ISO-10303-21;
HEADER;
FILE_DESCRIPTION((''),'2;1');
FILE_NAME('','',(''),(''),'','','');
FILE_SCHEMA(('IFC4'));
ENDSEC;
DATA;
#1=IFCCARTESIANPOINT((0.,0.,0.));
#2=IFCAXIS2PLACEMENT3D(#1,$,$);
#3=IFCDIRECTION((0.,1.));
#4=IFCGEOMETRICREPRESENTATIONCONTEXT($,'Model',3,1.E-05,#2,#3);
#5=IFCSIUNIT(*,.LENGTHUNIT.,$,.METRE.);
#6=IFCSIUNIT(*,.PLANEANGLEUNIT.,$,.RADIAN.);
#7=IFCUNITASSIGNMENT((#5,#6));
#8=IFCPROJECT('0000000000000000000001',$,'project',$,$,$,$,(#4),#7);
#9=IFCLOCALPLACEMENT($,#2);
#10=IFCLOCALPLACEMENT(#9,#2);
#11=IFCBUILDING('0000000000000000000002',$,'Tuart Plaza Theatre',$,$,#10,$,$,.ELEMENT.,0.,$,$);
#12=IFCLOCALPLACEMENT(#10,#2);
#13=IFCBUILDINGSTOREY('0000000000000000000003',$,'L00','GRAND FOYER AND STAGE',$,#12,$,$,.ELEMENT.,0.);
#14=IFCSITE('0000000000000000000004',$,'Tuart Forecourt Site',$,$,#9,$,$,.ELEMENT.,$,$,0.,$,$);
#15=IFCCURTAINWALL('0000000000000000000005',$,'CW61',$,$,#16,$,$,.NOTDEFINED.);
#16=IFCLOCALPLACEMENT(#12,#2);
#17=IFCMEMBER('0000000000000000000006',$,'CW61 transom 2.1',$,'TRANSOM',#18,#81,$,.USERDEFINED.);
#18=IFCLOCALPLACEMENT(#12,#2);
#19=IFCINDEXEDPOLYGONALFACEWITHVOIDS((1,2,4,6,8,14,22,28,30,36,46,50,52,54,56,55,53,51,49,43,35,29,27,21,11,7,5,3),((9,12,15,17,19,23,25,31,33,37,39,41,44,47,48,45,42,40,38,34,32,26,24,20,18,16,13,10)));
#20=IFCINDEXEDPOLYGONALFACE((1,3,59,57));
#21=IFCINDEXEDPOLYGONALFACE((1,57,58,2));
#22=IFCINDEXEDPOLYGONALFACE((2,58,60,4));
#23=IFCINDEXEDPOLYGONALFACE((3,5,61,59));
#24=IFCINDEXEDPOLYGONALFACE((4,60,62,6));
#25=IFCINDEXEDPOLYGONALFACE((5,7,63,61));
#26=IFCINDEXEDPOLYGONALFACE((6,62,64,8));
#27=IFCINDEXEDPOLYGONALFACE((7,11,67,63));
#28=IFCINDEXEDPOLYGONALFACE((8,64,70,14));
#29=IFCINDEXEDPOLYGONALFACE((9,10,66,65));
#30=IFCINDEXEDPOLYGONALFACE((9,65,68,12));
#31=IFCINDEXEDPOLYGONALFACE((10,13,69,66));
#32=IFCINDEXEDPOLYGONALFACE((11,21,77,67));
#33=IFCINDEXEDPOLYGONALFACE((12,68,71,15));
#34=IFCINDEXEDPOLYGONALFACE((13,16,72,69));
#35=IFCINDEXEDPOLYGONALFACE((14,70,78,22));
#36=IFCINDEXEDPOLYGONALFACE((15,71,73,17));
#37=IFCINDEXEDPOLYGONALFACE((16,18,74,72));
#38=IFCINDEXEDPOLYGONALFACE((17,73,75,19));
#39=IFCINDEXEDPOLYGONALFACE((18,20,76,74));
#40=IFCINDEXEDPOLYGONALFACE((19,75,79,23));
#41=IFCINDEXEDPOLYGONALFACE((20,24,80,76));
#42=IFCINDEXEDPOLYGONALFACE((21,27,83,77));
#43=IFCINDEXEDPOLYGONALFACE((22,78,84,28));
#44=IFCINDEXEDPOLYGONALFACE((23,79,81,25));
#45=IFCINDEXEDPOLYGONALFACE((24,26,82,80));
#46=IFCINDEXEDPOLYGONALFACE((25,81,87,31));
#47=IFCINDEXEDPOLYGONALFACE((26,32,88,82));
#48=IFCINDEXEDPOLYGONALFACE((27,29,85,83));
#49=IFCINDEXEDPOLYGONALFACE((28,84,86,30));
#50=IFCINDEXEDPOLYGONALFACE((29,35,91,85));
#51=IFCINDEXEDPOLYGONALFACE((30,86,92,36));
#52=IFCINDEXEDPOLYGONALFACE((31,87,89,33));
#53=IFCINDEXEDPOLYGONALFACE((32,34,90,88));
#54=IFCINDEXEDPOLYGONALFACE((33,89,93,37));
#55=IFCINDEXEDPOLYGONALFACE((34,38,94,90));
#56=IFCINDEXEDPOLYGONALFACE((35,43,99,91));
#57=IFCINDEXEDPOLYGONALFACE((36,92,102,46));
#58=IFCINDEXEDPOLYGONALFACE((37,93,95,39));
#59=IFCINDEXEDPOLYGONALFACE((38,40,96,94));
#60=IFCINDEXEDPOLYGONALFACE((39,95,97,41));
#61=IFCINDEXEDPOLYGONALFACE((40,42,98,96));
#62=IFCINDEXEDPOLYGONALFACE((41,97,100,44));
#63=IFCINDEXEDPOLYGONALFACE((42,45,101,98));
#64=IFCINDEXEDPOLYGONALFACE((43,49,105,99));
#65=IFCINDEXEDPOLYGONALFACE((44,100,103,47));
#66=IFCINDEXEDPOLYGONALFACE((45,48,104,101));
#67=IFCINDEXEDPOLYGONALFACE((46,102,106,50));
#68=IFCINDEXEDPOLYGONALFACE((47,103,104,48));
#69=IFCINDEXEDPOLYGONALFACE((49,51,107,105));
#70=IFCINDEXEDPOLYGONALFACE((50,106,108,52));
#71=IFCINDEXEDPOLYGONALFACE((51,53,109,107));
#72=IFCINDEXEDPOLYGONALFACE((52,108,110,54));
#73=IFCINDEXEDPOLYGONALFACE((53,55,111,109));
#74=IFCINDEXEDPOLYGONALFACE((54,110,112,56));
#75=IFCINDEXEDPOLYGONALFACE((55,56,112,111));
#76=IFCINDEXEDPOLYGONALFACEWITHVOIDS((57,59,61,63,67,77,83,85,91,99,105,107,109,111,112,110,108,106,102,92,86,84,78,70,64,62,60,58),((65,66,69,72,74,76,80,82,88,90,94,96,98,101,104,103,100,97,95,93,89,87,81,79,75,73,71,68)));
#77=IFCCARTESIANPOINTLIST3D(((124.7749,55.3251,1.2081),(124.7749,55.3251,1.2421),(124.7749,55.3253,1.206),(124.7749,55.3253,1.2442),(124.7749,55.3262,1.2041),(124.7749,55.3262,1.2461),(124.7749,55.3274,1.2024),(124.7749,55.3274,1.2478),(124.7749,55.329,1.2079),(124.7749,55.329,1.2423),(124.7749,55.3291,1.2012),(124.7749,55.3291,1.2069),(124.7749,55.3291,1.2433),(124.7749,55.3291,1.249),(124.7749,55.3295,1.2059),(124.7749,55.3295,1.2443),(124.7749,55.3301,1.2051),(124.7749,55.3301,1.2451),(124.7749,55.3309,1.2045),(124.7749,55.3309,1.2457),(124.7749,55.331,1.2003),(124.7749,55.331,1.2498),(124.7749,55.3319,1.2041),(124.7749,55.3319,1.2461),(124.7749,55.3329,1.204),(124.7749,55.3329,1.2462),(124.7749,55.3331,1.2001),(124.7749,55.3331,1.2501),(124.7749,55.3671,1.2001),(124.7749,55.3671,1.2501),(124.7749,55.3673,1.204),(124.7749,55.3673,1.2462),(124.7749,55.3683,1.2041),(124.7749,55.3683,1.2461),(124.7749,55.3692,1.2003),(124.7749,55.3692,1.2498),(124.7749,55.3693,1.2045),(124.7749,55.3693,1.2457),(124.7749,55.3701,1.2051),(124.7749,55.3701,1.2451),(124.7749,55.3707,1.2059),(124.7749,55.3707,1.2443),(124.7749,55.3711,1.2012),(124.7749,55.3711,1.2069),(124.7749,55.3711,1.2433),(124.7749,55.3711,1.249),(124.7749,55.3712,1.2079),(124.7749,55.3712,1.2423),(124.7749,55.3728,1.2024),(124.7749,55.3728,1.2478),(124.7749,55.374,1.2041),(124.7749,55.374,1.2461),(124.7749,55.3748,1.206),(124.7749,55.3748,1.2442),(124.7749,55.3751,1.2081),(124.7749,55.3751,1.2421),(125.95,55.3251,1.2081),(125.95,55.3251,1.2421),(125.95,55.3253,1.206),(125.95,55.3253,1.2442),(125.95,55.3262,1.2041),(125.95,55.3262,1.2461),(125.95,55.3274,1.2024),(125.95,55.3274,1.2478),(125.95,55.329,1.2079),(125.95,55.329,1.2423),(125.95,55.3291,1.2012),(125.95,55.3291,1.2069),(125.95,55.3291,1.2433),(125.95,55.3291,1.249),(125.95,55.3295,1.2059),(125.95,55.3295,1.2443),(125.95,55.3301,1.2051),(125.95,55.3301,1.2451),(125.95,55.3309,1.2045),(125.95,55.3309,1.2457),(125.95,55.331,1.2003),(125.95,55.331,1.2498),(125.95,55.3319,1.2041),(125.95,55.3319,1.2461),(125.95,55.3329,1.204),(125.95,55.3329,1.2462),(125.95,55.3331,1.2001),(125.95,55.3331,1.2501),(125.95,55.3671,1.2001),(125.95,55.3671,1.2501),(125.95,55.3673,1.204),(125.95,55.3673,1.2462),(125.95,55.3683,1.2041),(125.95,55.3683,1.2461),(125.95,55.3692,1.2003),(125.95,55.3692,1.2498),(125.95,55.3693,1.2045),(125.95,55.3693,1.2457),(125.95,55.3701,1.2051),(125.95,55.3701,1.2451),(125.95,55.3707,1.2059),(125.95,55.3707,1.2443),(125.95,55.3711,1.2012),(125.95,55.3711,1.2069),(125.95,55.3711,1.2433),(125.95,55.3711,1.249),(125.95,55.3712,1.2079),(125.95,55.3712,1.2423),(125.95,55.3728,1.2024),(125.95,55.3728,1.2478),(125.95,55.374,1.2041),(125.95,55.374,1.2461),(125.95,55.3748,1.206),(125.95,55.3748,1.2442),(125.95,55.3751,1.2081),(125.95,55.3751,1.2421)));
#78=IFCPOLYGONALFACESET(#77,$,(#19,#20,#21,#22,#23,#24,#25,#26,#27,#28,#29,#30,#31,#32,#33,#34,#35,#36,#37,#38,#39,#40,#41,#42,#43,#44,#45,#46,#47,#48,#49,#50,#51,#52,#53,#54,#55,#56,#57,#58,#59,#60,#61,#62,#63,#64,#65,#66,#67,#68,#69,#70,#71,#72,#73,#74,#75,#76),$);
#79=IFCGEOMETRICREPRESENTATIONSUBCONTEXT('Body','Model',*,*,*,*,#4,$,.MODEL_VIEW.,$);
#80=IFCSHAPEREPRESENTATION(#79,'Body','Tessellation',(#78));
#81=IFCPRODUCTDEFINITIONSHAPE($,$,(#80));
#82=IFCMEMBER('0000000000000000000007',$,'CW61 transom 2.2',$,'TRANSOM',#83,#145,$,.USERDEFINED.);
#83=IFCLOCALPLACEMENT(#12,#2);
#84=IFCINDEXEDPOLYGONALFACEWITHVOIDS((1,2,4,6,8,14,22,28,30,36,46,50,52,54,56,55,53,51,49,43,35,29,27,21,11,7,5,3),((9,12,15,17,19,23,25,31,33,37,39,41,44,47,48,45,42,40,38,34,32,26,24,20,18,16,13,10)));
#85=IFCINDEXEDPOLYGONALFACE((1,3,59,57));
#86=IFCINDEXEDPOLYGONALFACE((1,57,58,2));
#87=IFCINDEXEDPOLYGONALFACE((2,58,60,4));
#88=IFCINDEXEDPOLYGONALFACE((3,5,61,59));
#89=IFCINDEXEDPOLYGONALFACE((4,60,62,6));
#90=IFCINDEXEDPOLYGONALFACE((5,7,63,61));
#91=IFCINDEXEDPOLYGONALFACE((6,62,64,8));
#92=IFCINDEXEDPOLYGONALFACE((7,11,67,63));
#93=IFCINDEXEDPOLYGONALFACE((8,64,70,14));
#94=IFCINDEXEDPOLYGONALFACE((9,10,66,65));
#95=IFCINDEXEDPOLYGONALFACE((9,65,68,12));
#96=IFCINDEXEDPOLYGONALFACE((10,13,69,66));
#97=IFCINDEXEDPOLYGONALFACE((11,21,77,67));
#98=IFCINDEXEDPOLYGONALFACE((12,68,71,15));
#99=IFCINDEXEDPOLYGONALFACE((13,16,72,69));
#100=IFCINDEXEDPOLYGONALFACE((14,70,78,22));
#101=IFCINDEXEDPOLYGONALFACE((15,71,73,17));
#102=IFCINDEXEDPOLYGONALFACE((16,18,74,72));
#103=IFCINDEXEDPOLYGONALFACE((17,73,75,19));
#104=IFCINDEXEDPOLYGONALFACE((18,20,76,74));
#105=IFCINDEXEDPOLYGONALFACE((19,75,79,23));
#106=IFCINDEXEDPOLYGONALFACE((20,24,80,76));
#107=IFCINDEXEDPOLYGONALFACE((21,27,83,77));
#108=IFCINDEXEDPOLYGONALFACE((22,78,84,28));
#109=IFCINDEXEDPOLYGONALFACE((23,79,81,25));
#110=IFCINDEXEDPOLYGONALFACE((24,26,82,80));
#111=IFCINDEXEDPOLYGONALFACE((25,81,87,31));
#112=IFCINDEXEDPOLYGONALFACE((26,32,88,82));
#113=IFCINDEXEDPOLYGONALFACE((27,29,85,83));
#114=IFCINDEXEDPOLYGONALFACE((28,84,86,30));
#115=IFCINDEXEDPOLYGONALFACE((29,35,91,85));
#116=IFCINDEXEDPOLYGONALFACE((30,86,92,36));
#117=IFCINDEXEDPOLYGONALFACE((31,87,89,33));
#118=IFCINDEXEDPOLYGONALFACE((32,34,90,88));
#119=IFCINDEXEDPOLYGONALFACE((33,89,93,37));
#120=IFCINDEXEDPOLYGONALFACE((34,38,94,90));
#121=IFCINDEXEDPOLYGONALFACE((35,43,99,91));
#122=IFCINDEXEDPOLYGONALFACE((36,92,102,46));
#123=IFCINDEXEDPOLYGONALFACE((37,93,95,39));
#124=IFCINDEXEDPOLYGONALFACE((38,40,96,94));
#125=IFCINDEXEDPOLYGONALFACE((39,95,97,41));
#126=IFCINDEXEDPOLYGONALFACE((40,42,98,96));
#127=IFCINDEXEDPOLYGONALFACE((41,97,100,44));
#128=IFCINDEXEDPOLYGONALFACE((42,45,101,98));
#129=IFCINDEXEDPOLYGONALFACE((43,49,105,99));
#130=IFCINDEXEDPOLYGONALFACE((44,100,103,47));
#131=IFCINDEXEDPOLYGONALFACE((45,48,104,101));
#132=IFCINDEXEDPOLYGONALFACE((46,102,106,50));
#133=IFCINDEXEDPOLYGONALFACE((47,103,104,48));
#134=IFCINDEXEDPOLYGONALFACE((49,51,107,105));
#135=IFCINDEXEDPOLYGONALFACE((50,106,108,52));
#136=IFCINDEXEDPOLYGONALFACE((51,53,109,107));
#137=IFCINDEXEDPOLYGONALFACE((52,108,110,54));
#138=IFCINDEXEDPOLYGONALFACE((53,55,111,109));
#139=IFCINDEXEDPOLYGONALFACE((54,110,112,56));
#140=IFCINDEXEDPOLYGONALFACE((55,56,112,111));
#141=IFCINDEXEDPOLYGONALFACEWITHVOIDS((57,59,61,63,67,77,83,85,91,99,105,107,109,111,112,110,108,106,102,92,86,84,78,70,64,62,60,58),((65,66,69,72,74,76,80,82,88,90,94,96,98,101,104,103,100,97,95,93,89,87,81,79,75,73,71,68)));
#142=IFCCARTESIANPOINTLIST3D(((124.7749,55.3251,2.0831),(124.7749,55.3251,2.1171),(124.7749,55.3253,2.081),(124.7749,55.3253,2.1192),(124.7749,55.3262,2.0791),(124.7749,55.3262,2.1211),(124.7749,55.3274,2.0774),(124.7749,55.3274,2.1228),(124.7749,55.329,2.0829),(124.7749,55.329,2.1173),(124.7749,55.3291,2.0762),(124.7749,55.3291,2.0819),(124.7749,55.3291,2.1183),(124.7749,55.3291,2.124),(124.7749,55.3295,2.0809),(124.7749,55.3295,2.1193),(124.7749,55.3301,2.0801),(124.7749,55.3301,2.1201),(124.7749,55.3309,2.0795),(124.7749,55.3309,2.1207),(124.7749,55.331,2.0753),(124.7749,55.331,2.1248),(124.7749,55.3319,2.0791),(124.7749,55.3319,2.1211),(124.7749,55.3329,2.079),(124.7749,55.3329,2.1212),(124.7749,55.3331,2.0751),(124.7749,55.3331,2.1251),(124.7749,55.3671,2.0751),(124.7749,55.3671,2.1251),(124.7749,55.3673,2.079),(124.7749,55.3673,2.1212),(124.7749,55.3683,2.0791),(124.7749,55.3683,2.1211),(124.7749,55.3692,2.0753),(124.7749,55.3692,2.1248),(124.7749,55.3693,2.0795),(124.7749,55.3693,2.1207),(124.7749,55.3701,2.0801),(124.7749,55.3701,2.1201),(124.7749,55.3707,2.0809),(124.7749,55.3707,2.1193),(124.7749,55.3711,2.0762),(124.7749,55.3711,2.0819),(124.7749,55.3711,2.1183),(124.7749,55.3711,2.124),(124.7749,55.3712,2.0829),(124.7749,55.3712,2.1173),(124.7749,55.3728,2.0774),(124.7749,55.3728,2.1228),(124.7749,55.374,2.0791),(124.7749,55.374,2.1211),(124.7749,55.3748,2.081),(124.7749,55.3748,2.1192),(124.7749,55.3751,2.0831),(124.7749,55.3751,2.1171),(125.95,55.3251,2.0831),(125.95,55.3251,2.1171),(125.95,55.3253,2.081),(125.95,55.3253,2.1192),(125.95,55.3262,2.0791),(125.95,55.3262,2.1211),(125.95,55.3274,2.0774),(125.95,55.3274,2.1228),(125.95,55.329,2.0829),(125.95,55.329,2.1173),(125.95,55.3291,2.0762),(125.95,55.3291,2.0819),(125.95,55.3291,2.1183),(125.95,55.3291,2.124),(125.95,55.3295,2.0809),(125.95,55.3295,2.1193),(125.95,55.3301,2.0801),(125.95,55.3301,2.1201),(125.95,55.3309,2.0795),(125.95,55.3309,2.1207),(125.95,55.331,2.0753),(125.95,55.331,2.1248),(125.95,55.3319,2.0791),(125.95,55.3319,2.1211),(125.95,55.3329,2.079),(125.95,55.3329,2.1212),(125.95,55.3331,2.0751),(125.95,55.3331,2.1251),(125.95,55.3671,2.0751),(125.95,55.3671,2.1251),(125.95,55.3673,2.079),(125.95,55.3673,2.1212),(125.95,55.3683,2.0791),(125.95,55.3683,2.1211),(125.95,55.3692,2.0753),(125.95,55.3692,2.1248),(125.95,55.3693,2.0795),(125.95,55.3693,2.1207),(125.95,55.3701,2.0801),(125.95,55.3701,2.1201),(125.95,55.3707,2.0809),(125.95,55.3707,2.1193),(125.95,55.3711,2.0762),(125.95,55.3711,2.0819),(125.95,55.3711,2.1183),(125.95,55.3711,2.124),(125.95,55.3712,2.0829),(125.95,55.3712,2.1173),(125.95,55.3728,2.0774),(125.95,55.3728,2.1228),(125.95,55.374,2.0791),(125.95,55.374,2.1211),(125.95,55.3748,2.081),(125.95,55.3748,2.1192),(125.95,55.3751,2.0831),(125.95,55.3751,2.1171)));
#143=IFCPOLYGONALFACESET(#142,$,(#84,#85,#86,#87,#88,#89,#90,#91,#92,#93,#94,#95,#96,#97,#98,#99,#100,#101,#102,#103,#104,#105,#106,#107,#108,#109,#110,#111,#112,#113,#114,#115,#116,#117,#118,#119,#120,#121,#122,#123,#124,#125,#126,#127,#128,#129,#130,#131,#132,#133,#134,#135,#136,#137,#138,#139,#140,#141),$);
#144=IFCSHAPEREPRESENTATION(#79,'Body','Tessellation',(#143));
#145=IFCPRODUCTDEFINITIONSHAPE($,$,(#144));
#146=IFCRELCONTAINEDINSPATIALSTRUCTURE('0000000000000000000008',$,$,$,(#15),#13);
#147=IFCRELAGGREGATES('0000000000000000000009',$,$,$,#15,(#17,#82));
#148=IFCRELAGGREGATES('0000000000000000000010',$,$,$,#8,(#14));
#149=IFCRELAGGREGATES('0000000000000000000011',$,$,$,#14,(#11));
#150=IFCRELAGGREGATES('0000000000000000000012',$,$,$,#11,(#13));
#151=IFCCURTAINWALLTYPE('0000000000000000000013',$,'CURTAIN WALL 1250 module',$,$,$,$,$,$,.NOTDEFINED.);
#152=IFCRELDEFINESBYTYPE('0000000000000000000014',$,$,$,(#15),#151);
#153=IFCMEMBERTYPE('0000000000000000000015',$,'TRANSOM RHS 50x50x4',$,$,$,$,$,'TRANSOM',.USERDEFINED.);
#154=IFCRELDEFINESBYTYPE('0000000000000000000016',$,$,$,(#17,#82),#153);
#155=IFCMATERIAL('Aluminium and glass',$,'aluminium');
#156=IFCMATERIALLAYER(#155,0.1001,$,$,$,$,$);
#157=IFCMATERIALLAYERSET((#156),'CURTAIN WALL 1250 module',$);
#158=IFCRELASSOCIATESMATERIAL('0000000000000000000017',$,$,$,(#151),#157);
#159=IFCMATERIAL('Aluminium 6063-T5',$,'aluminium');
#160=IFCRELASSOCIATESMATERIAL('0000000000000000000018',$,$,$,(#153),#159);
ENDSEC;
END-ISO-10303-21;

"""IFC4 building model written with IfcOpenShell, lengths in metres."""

from ifc_helpers import new_model, si_unit, direction, frame, origin, origin_2d, place, context, subcontext, project, spatial, hollow_rectangle, extrude, material, layer, layer_set, material_profile, profile_set, type_object, element, aggregate, save


model = new_model("IFC4")

# Units and contexts
model_context = context("Model", 3, precision=1e-05, world=origin(), true_north=direction((0.0, 1.0)))
body_context = subcontext(model_context, "Body", "Model", "MODEL_VIEW")
ifc_project = project(units=[si_unit("LENGTHUNIT", "METRE"), si_unit("PLANEANGLEUNIT", "RADIAN")], contexts=[model_context])

# Site, building, storey
site_placement = place(None, origin())
site = spatial("IfcSite", under=ifc_project, at=site_placement, Name="Tuart Forecourt Site", CompositionType="ELEMENT", RefElevation=0.0)
building_placement = place(site_placement, origin())
building = spatial("IfcBuilding", under=site, at=building_placement, Name="Tuart Plaza Theatre", CompositionType="ELEMENT", ElevationOfRefHeight=0.0)
storey_placement = place(building_placement, origin())
storey = spatial("IfcBuildingStorey", under=building, at=storey_placement, Name="L00", Description="GRAND FOYER AND STAGE", CompositionType="ELEMENT", Elevation=0.0)

# Curtain wall
ifc_material_1 = material(Name="Aluminium and glass", Category="aluminium")
ifc_layer_1 = layer(ifc_material_1, 0.1001)
ifc_layer_set_1 = layer_set([ifc_layer_1], Name="CURTAIN WALL 1250 module")
curtain_wall_type_1 = type_object("IfcCurtainWallType", Name="CURTAIN WALL 1250 module", PredefinedType="NOTDEFINED", material=ifc_layer_set_1)
curtain_wall_1_placement = place(storey_placement, origin())
curtain_wall_1 = element("IfcCurtainWall", 1, at=curtain_wall_1_placement, inside=storey, type_object=curtain_wall_type_1, Name="CW61", PredefinedType="NOTDEFINED")

# Members
ifc_material_2 = material(Name="Aluminium 6063-T5", Category="aluminium")
ifc_material_profile_1 = material_profile(ifc_material_2, hollow_rectangle(XDim=0.05, YDim=0.05, WallThickness=0.0039, InnerFilletRadius=0.0039, OuterFilletRadius=0.0081, at=origin_2d()), Name="RHS 50x50x4")
ifc_profile_set_1 = profile_set([ifc_material_profile_1], Name="Aluminium 6063-T5")
member_type_1 = type_object("IfcMemberType", Name="TRANSOM RHS 50x50x4", ElementType="TRANSOM", PredefinedType="USERDEFINED", material=ifc_profile_set_1)
member_1_placement = place(storey_placement, frame((124.7749, 55.3501, 1.2251), z_axis=(1.0, 0.0, 0.0), x_axis=(0.0, 1.0, 0.0)))
member_1 = element("IfcMember", 2, at=member_1_placement, type_object=member_type_1, Name="CW61 transom 2.1", ObjectType="TRANSOM", PredefinedType="USERDEFINED", context=body_context, shape_type="SweptSolid", body=[
    extrude(hollow_rectangle(XDim=0.05, YDim=0.05, WallThickness=0.0039, InnerFilletRadius=0.0039, OuterFilletRadius=0.0081, at=origin_2d()), origin(), (0.0, 0.0, 1.0), 1.175),
])
member_2_placement = place(storey_placement, frame((124.7749, 55.3501, 2.1001), z_axis=(1.0, 0.0, 0.0), x_axis=(0.0, 1.0, 0.0)))
member_2 = element("IfcMember", 3, at=member_2_placement, type_object=member_type_1, Name="CW61 transom 2.2", ObjectType="TRANSOM", PredefinedType="USERDEFINED", context=body_context, shape_type="SweptSolid", body=[
    extrude(hollow_rectangle(XDim=0.05, YDim=0.05, WallThickness=0.0039, InnerFilletRadius=0.0039, OuterFilletRadius=0.0081, at=origin_2d()), origin(), (0.0, 0.0, 1.0), 1.175),
])

aggregate(curtain_wall_1, [member_1, member_2])

save(model, "model.ifc")
